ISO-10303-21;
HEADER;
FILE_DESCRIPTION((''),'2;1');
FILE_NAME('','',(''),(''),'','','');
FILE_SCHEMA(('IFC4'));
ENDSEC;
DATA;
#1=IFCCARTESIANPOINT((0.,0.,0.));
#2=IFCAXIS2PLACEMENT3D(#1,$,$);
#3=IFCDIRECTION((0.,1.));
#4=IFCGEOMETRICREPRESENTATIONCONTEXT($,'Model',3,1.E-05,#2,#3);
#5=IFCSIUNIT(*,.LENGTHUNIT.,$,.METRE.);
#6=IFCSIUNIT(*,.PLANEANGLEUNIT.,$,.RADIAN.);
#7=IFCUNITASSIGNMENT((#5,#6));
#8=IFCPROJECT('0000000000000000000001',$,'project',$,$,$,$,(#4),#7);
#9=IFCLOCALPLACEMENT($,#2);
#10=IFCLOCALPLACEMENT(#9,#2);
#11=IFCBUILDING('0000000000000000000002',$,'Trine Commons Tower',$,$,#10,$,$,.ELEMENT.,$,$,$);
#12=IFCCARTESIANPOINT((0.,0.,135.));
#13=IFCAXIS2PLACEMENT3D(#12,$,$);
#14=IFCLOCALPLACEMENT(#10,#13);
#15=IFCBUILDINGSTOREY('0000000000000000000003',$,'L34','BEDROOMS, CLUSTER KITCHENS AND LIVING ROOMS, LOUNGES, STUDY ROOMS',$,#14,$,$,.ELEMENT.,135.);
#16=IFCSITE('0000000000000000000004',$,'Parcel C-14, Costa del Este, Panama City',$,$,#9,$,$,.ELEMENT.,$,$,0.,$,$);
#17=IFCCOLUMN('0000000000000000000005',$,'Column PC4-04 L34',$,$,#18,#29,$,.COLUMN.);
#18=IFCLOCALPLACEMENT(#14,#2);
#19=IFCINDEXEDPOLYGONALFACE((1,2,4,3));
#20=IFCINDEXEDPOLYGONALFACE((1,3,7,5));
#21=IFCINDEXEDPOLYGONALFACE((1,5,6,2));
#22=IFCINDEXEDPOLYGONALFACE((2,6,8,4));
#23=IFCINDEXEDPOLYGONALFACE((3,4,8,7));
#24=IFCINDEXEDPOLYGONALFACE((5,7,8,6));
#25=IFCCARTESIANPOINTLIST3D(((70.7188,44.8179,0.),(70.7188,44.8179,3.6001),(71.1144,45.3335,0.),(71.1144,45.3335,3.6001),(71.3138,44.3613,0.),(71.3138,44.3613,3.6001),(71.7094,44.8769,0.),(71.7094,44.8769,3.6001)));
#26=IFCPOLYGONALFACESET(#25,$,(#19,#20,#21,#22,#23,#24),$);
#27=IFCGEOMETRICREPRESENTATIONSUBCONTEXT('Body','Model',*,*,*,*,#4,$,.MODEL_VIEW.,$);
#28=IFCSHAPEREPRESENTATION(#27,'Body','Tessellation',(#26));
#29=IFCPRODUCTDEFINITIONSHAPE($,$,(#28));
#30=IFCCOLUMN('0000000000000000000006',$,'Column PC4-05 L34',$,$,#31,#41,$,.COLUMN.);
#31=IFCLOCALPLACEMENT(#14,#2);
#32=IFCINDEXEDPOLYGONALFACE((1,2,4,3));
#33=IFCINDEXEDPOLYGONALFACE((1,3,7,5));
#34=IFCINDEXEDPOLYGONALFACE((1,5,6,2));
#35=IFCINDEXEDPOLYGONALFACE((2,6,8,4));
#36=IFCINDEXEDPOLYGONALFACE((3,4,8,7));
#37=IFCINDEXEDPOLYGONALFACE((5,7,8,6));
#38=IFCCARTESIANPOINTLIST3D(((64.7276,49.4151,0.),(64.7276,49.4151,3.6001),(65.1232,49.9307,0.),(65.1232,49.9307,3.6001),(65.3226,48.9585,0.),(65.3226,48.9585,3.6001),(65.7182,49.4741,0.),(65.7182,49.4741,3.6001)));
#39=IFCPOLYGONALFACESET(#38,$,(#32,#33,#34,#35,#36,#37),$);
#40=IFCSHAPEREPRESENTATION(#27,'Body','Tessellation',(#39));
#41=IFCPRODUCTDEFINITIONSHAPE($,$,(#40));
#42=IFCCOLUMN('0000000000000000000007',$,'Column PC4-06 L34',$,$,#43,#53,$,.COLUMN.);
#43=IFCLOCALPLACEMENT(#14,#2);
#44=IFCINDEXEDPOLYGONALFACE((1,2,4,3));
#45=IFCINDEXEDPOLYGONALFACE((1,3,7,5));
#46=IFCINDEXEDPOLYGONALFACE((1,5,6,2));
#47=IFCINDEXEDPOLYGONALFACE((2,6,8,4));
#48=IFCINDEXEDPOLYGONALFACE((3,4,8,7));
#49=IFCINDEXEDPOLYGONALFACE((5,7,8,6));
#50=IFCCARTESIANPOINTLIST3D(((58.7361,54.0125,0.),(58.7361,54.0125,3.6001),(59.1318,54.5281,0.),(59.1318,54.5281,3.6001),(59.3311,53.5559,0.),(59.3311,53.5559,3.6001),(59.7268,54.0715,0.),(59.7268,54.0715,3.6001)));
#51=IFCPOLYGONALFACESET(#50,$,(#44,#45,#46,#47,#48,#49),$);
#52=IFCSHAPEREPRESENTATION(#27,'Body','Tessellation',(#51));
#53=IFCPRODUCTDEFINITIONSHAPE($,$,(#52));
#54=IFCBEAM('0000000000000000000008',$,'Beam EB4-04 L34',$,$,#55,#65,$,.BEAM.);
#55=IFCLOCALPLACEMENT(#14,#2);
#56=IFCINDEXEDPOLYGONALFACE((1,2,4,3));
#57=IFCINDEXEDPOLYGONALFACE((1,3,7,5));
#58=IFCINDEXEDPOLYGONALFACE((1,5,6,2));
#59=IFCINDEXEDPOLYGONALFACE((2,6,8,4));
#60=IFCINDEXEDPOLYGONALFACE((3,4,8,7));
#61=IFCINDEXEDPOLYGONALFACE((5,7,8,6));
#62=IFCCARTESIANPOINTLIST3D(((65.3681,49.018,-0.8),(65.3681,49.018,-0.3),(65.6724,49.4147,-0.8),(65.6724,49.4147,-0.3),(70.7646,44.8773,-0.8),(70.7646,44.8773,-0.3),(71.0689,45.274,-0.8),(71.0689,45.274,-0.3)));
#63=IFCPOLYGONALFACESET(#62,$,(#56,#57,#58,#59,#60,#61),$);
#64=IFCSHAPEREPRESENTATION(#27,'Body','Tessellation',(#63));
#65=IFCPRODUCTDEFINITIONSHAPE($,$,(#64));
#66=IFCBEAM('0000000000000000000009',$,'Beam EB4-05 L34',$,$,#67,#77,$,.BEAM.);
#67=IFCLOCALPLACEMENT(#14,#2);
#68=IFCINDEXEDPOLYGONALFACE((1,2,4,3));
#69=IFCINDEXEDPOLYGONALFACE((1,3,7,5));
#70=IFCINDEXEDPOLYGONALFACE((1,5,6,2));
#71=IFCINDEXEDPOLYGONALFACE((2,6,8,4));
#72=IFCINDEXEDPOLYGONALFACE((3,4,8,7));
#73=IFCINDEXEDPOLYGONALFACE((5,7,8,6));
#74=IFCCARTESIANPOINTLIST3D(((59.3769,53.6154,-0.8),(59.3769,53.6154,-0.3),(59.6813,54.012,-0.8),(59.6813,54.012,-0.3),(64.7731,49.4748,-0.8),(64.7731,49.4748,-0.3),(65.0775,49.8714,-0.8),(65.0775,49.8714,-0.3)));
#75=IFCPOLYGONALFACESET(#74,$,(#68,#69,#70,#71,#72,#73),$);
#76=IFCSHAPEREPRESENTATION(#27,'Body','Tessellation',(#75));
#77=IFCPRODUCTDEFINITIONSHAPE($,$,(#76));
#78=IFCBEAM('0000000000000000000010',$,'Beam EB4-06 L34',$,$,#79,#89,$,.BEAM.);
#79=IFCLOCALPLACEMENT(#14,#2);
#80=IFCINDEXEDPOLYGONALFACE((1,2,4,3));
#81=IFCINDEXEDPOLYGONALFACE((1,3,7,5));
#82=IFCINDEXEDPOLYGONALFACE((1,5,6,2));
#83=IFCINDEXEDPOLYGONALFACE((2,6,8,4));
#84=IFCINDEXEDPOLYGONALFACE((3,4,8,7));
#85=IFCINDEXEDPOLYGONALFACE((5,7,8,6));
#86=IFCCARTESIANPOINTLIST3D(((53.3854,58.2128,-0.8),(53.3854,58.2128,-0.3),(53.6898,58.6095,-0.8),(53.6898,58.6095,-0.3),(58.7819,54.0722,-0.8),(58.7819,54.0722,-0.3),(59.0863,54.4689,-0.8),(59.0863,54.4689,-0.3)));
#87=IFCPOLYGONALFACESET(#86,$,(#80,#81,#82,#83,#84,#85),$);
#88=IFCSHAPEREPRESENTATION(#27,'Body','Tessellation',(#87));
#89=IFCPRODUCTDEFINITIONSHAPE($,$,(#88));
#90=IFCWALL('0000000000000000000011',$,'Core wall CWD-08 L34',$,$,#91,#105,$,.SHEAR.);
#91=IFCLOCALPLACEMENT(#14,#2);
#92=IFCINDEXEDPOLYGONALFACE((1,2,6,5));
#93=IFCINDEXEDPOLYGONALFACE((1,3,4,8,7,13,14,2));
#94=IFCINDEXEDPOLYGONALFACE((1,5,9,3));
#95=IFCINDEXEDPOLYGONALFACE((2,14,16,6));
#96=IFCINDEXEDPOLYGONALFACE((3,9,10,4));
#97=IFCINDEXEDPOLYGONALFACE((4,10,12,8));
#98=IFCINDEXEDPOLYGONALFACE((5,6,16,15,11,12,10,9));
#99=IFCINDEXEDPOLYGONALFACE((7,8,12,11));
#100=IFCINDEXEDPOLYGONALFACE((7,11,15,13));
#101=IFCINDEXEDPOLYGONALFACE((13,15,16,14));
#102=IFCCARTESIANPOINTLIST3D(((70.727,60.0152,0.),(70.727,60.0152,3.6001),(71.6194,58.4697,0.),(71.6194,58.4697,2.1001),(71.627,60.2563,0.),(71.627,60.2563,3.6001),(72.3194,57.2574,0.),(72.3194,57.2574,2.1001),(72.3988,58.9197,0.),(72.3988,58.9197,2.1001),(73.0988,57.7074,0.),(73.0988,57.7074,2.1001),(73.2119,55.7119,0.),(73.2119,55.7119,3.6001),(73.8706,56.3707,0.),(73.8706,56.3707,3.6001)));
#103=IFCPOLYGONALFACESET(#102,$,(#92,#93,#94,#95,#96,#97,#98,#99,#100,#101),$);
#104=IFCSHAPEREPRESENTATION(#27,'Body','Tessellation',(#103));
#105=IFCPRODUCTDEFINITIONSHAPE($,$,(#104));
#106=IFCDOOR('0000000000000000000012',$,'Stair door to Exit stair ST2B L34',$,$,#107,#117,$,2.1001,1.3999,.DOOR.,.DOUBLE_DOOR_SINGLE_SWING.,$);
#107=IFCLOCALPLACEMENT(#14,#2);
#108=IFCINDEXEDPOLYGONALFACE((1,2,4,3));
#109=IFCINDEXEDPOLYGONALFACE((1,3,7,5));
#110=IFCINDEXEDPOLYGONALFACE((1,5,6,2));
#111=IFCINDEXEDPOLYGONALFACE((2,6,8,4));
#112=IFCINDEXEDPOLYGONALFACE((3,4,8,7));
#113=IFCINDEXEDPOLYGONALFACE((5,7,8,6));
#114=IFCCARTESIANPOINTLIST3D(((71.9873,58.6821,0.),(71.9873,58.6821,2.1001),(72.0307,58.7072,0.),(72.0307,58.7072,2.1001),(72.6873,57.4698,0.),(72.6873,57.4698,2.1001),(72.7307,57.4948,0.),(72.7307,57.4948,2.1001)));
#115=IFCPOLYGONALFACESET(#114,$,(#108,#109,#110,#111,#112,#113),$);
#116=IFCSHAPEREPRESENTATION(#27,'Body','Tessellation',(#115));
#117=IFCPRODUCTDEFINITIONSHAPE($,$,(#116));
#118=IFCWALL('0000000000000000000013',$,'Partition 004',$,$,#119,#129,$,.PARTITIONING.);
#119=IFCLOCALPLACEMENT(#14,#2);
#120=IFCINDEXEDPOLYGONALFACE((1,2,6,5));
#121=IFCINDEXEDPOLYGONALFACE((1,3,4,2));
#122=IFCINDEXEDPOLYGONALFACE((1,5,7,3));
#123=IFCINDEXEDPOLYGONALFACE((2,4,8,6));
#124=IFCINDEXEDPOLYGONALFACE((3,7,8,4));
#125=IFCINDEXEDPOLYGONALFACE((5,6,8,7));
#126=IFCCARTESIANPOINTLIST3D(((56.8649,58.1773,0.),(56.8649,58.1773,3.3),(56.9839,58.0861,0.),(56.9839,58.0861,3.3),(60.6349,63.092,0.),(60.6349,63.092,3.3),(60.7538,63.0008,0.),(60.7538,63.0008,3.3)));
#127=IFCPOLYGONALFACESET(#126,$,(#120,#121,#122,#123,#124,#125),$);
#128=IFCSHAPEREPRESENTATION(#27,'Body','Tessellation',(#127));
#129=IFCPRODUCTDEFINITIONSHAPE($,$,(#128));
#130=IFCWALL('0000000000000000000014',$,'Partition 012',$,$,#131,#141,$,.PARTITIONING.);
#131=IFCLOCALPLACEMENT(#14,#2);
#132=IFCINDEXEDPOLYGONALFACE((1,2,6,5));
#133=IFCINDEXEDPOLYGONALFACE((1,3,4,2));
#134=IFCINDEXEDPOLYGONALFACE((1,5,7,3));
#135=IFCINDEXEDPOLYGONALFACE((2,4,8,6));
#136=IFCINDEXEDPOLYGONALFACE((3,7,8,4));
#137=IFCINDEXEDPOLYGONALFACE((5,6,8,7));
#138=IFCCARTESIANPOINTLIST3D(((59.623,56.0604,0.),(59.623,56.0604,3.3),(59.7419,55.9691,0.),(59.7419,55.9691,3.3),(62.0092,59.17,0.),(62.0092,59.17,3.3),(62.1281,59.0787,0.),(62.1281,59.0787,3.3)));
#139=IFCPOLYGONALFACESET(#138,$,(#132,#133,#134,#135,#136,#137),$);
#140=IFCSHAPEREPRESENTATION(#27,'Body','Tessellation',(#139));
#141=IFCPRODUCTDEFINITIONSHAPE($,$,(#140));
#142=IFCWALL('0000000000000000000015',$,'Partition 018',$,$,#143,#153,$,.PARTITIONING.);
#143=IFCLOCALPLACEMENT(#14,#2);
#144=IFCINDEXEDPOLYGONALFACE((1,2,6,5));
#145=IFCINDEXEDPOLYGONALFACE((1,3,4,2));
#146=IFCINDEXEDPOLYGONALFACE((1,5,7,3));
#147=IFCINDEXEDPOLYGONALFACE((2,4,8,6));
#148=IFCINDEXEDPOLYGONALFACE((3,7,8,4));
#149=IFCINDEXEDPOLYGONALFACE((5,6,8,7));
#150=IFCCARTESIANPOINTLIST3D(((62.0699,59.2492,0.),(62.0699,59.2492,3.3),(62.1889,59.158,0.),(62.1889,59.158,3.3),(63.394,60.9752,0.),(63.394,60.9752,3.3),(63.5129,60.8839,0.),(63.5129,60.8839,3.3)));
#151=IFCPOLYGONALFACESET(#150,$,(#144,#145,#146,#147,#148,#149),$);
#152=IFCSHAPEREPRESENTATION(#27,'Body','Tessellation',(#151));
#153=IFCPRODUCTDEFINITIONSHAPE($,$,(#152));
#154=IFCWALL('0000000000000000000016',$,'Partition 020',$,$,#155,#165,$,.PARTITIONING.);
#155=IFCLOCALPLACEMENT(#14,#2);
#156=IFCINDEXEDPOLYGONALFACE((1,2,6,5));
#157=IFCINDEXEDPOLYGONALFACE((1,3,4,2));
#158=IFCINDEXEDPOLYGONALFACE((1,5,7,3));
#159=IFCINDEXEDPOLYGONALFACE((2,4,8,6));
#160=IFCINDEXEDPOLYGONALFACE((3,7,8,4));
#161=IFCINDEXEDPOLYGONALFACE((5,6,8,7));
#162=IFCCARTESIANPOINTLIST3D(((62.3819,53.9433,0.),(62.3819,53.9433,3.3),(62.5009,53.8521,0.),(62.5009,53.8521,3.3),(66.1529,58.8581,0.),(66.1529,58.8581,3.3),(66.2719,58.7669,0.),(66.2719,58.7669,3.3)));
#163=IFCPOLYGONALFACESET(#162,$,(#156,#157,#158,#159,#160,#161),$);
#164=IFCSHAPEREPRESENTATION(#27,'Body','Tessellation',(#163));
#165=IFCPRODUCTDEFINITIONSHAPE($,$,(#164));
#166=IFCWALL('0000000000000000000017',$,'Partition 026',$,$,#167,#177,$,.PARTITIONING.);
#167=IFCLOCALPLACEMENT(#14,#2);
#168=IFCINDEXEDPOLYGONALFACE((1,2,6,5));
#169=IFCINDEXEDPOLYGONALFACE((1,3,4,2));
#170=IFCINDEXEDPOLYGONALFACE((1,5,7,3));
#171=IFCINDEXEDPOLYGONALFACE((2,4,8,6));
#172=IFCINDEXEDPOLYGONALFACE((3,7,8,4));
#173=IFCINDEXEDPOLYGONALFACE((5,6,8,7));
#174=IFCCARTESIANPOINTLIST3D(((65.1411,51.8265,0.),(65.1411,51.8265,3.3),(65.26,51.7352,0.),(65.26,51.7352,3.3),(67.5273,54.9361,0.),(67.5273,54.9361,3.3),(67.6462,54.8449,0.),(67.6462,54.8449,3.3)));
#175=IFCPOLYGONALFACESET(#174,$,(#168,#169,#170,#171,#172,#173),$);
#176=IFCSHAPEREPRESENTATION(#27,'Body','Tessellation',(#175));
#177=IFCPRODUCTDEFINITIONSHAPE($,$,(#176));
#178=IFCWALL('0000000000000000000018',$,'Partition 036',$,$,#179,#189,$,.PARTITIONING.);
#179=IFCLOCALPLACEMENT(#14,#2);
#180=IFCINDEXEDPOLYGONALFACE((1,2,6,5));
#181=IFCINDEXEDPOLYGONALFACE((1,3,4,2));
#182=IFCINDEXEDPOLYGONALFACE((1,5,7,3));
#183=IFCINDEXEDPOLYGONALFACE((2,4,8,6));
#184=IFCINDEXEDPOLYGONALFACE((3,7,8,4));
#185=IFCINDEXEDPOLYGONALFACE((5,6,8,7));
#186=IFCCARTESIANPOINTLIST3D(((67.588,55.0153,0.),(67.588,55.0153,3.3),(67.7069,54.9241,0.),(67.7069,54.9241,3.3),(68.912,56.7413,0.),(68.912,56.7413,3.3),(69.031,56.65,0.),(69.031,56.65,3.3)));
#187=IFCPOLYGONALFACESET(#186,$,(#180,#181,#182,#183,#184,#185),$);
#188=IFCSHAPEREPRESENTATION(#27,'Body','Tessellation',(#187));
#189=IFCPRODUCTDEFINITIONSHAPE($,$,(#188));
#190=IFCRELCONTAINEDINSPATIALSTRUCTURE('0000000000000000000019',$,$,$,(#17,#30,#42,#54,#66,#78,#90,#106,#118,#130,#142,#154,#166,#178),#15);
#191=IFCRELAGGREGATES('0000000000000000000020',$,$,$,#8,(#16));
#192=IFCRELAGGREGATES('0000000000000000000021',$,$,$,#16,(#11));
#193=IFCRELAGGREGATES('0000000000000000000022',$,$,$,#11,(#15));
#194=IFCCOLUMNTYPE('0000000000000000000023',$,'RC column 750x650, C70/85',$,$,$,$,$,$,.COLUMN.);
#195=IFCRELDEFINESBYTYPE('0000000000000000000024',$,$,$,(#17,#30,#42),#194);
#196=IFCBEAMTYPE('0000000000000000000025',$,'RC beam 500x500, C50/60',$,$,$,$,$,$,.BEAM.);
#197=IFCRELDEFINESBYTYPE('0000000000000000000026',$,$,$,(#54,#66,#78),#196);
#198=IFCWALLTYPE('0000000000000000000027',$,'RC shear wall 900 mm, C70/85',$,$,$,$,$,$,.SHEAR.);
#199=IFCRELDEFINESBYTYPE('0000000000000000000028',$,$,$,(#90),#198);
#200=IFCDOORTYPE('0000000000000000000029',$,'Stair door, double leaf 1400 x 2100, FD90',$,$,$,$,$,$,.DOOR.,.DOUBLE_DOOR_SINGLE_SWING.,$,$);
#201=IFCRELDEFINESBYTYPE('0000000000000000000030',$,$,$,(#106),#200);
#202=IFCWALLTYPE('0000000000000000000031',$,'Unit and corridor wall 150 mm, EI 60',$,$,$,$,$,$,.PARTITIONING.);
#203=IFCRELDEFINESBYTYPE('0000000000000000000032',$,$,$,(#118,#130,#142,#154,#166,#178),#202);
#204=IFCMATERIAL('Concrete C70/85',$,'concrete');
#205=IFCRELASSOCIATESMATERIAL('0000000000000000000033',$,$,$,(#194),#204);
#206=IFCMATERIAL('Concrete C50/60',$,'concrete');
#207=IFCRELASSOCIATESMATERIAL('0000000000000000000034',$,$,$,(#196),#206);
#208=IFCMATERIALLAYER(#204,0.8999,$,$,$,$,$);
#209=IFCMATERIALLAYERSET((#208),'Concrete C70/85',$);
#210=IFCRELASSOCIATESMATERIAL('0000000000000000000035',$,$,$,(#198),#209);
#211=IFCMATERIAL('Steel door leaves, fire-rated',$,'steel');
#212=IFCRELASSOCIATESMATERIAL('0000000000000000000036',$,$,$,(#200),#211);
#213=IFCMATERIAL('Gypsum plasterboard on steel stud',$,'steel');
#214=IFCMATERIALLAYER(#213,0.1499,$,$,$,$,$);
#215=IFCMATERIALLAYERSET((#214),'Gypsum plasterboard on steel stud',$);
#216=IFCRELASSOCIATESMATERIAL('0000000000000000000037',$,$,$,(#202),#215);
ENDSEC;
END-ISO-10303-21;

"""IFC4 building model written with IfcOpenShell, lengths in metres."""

from ifc_helpers import new_model, si_unit, direction, frame, frame_2d, origin, origin_2d, place, context, subcontext, project, spatial, polyline, rectangle, outline, extrude, material, layer, layer_set, material_profile, profile_set, type_object, element, fill, save


model = new_model("IFC4")

# Units and contexts
model_context = context("Model", 3, precision=1e-05, world=origin(), true_north=direction((0.0, 1.0)))
body_context = subcontext(model_context, "Body", "Model", "MODEL_VIEW")
ifc_project = project(units=[si_unit("LENGTHUNIT", "METRE"), si_unit("PLANEANGLEUNIT", "RADIAN")], contexts=[model_context])

# Site, building, storey
site_placement = place(None, origin())
site = spatial("IfcSite", under=ifc_project, at=site_placement, Name="Parcel C-14, Costa del Este, Panama City", CompositionType="ELEMENT", RefElevation=0.0)
building_placement = place(site_placement, origin())
building = spatial("IfcBuilding", under=site, at=building_placement, Name="Trine Commons Tower", CompositionType="ELEMENT")
storey_placement = place(building_placement, frame((0.0, 0.0, 135.0)))
storey = spatial("IfcBuildingStorey", under=building, at=storey_placement, Name="L34", Description="BEDROOMS, CLUSTER KITCHENS AND LIVING ROOMS, LOUNGES, STUDY ROOMS", CompositionType="ELEMENT", Elevation=135.0)

# Columns
ifc_material_1 = material(Name="Concrete C70/85", Category="concrete")
ifc_material_profile_1 = material_profile(ifc_material_1, rectangle(XDim=0.75, YDim=0.6499, at=origin_2d()), Name="RC 750x650")
ifc_profile_set_1 = profile_set([ifc_material_profile_1], Name="Concrete C70/85")
column_type = type_object("IfcColumnType", Name="RC column 750x650, C70/85", PredefinedType="COLUMN", material=ifc_profile_set_1)
for number, where, z_axis, x_axis, name in (
    (1, (71.2141, 44.8474, 0.0), (0.0, 0.0, 1.0), (-0.793353, 0.608761, 0.0), "Column PC4-04 L34"),
    (2, (65.2229, 49.4446, 0.0), (0.0, 0.0, 1.0), (-0.793353, 0.608761, 0.0), "Column PC4-05 L34"),
    (3, (59.2314, 54.042, 0.0), (0.0, 0.0, 1.0), (-0.793353, 0.608761, 0.0), "Column PC4-06 L34"),
):
    element("IfcColumn", number, at=place(storey_placement, frame(where, z_axis=z_axis, x_axis=x_axis)), inside=storey, type_object=column_type, Name=name, PredefinedType="COLUMN", context=body_context, shape_type="SweptSolid", body=[
        extrude(rectangle(XDim=0.75, YDim=0.6499, at=origin_2d()), origin(), (0.0, 0.0, 1.0), 3.6001),
    ])

# Beams
ifc_material_2 = material(Name="Concrete C50/60", Category="concrete")
ifc_material_profile_2 = material_profile(ifc_material_2, rectangle(XDim=0.5, YDim=0.5, at=origin_2d()), Name="RC 500x500")
ifc_profile_set_2 = profile_set([ifc_material_profile_2], Name="Concrete C50/60")
beam_type = type_object("IfcBeamType", Name="RC beam 500x500, C50/60", PredefinedType="BEAM", material=ifc_profile_set_2)
beam_1_placement = place(storey_placement, frame((70.9167, 45.0757, -0.55), z_axis=(-0.793371, 0.608739, 0.0), x_axis=(-0.608739, -0.793371, 0.0)))
element("IfcBeam", 4, at=beam_1_placement, inside=storey, type_object=beam_type, Name="Beam EB4-04 L34", PredefinedType="BEAM", context=body_context, shape_type="SweptSolid", body=[
    extrude(rectangle(XDim=0.5, YDim=0.5, at=origin_2d()), origin(), (0.0, 0.0, 1.0), 6.802),
])
beam_2_placement = place(storey_placement, frame((64.9253, 49.6731, -0.55), z_axis=(-0.793357, 0.608756, 0.0), x_axis=(-0.608756, -0.793357, 0.0)))
element("IfcBeam", 5, at=beam_2_placement, inside=storey, type_object=beam_type, Name="Beam EB4-05 L34", PredefinedType="BEAM", context=body_context, shape_type="SweptSolid", body=[
    extrude(rectangle(XDim=0.5, YDim=0.5, at=origin_2d()), origin(), (0.0, 0.0, 1.0), 6.8018),
])
beam_3_placement = place(storey_placement, frame((58.9341, 54.2705, -0.55), z_axis=(-0.793371, 0.608739, 0.0), x_axis=(-0.608739, -0.793371, 0.0)))
element("IfcBeam", 6, at=beam_3_placement, inside=storey, type_object=beam_type, Name="Beam EB4-06 L34", PredefinedType="BEAM", context=body_context, shape_type="SweptSolid", body=[
    extrude(rectangle(XDim=0.5, YDim=0.5, at=origin_2d()), origin(), (0.0, 0.0, 1.0), 6.802),
])

# Wall, opening, door
ifc_layer_1 = layer(ifc_material_1, 0.8999)
ifc_layer_set_1 = layer_set([ifc_layer_1], Name="Concrete C70/85")
wall_type_1 = type_object("IfcWallType", Name="RC shear wall 900 mm, C70/85", PredefinedType="SHEAR", material=ifc_layer_set_1)
wall_1_placement = place(storey_placement, frame((71.1167, 60.2402, 0.0), z_axis=(0.0, 0.0, 1.0), x_axis=(0.500039, -0.866003, 0.0)))
wall_1 = element("IfcWall", 7, at=wall_1_placement, inside=storey, type_object=wall_type_1, Name="Core wall CWD-08 L34", PredefinedType="SHEAR", context=body_context, shape_type="SweptSolid", body=[
    extrude(outline(polyline([(0.0, -0.45), (4.9692, -0.45), (4.728, 0.45), (0.2412, 0.45), (0.0, -0.45)])), origin(), (0.0, 0.0, 1.0), 3.6001),
])
opening_1_placement = place(wall_1_placement, frame((1.7847, 0.0, 0.0)))
opening_1 = element("IfcOpeningElement", 8, at=opening_1_placement, cuts=wall_1, PredefinedType="OPENING", context=body_context, shape_type="SweptSolid", body=[
    extrude(rectangle(XDim=1.3999, YDim=2.1001, at=frame_2d((0.7, 1.05))), frame((0.0, 0.46, 0.0), z_axis=(0.0, -1.0, 0.0), x_axis=(1.0, 0.0, 0.0)), (0.0, 0.0, 1.0), 0.9199),
])
ifc_material_3 = material(Name="Steel door leaves, fire-rated", Category="steel")
door_type_1 = type_object("IfcDoorType", Name="Stair door, double leaf 1400 x 2100, FD90", OperationType="DOUBLE_DOOR_SINGLE_SWING", PredefinedType="DOOR", material=ifc_material_3)
door_1_placement = place(opening_1_placement, origin())
door_1 = element("IfcDoor", 9, at=door_1_placement, inside=storey, type_object=door_type_1, Name="Stair door to Exit stair ST2B L34", OperationType="DOUBLE_DOOR_SINGLE_SWING", OverallHeight=2.1001, OverallWidth=1.3999, PredefinedType="DOOR", context=body_context, shape_type="SweptSolid", body=[
    extrude(rectangle(XDim=1.3999, YDim=2.1001, at=frame_2d((0.7, 1.05))), frame((0.0, 0.0249, 0.0), z_axis=(0.0, -1.0, 0.0), x_axis=(1.0, 0.0, 0.0)), (0.0, 0.0, 1.0), 0.05),
])
fill(opening_1, door_1)

# Walls
ifc_material_4 = material(Name="Gypsum plasterboard on steel stud", Category="steel")
ifc_layer_2 = layer(ifc_material_4, 0.1499)
ifc_layer_set_2 = layer_set([ifc_layer_2], Name="Gypsum plasterboard on steel stud")
wall_type_2 = type_object("IfcWallType", Name="Unit and corridor wall 150 mm, EI 60", PredefinedType="PARTITIONING", material=ifc_layer_set_2)
wall_2_placement = place(storey_placement, frame((56.9243, 58.1316, 0.0), z_axis=(0.0, 0.0, 1.0), x_axis=(0.608636, 0.79345, 0.0)))
element("IfcWall", 10, at=wall_2_placement, inside=storey, type_object=wall_type_2, Name="Partition 004", PredefinedType="PARTITIONING", context=body_context, shape_type="SweptSolid", body=[
    extrude(rectangle(XDim=6.1941, YDim=0.1499, at=frame_2d((3.0972, 0.0))), origin(), (0.0, 0.0, 1.0), 3.3),
])
wall_3_placement = place(storey_placement, frame((59.6824, 56.0146, 0.0), z_axis=(0.0, 0.0, 1.0), x_axis=(0.608783, 0.793337, 0.0)))
element("IfcWall", 11, at=wall_3_placement, inside=storey, type_object=wall_type_2, Name="Partition 012", PredefinedType="PARTITIONING", context=body_context, shape_type="SweptSolid", body=[
    extrude(rectangle(XDim=3.9197, YDim=0.1499, at=frame_2d((1.96, 0.0))), origin(), (0.0, 0.0, 1.0), 3.3),
])
wall_4_placement = place(storey_placement, frame((62.1294, 59.2036, 0.0), z_axis=(0.0, 0.0, 1.0), x_axis=(0.608674, 0.79342, 0.0)))
element("IfcWall", 12, at=wall_4_placement, inside=storey, type_object=wall_type_2, Name="Partition 018", PredefinedType="PARTITIONING", context=body_context, shape_type="SweptSolid", body=[
    extrude(rectangle(XDim=2.1753, YDim=0.1499, at=frame_2d((1.0876, 0.0))), origin(), (0.0, 0.0, 1.0), 3.3),
])
wall_5_placement = place(storey_placement, frame((62.4414, 53.8977, 0.0), z_axis=(0.0, 0.0, 1.0), x_axis=(0.608735, 0.793374, 0.0)))
element("IfcWall", 13, at=wall_5_placement, inside=storey, type_object=wall_type_2, Name="Partition 020", PredefinedType="PARTITIONING", context=body_context, shape_type="SweptSolid", body=[
    extrude(rectangle(XDim=6.1948, YDim=0.1499, at=frame_2d((3.0974, 0.0))), origin(), (0.0, 0.0, 1.0), 3.3),
])
wall_6_placement = place(storey_placement, frame((65.2004, 51.7808, 0.0), z_axis=(0.0, 0.0, 1.0), x_axis=(0.608783, 0.793337, 0.0)))
element("IfcWall", 14, at=wall_6_placement, inside=storey, type_object=wall_type_2, Name="Partition 026", PredefinedType="PARTITIONING", context=body_context, shape_type="SweptSolid", body=[
    extrude(rectangle(XDim=3.9197, YDim=0.1499, at=frame_2d((1.96, 0.0))), origin(), (0.0, 0.0, 1.0), 3.3),
])
wall_7_placement = place(storey_placement, frame((67.6475, 54.9697, 0.0), z_axis=(0.0, 0.0, 1.0), x_axis=(0.608674, 0.79342, 0.0)))
element("IfcWall", 15, at=wall_7_placement, inside=storey, type_object=wall_type_2, Name="Partition 036", PredefinedType="PARTITIONING", context=body_context, shape_type="SweptSolid", body=[
    extrude(rectangle(XDim=2.1753, YDim=0.1499, at=frame_2d((1.0876, 0.0))), origin(), (0.0, 0.0, 1.0), 3.3),
])

save(model, "model.ifc")
